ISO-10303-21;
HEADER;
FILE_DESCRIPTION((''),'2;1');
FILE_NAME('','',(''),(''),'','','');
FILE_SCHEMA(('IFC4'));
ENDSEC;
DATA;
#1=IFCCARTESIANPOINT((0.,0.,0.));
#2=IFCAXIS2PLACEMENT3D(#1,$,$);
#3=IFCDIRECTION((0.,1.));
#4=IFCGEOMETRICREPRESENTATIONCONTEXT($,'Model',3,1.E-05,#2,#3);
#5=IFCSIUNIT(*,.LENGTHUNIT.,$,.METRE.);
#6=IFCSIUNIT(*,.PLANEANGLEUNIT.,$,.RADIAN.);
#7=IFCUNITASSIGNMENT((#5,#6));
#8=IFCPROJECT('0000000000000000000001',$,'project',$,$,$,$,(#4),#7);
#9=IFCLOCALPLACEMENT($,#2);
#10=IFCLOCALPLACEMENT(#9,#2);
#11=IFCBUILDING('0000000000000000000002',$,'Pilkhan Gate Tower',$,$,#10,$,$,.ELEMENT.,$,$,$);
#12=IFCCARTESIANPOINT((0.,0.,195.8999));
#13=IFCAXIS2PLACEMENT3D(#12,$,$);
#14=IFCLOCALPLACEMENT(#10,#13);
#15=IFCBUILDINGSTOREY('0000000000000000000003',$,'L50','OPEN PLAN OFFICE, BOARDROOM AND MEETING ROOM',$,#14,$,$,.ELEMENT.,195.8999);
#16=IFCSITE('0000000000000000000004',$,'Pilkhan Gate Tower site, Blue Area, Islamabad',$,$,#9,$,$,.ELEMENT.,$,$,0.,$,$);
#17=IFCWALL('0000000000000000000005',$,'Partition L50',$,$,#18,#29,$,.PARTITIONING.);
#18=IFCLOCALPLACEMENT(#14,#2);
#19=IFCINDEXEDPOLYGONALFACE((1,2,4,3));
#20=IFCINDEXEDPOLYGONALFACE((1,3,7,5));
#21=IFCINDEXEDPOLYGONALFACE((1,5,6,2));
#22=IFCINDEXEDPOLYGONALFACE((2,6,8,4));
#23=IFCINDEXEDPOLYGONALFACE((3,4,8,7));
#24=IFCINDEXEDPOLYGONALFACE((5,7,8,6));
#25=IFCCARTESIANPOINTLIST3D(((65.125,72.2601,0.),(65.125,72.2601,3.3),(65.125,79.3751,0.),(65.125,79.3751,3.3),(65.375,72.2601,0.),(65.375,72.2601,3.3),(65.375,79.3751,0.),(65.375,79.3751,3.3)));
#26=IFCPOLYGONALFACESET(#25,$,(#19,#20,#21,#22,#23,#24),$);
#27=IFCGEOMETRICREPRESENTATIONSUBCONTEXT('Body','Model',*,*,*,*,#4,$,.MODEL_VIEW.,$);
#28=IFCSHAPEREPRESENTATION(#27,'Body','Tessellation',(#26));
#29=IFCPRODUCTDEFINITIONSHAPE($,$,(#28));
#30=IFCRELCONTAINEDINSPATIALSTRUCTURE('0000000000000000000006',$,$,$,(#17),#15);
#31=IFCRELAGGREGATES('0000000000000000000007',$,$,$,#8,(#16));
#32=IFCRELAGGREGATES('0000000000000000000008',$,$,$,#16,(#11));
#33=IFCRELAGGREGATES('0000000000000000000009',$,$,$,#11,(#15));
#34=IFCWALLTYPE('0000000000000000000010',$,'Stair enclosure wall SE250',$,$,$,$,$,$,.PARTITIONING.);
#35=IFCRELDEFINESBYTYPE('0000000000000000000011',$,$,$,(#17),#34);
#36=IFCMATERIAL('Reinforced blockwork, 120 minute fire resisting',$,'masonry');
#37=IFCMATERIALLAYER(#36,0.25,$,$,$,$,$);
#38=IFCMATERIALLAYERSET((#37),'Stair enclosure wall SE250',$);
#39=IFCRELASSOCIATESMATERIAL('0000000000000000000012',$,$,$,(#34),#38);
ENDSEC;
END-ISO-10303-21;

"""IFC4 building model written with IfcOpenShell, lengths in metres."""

from ifc_helpers import new_model, si_unit, direction, frame, frame_2d, origin, place, context, subcontext, project, spatial, rectangle, extrude, material, layer, layer_set, type_object, element, save


model = new_model("IFC4")

# Units and contexts
model_context = context("Model", 3, precision=1e-05, world=origin(), true_north=direction((0.0, 1.0)))
body_context = subcontext(model_context, "Body", "Model", "MODEL_VIEW")
ifc_project = project(units=[si_unit("LENGTHUNIT", "METRE"), si_unit("PLANEANGLEUNIT", "RADIAN")], contexts=[model_context])

# Site, building, storey
site_placement = place(None, origin())
site = spatial("IfcSite", under=ifc_project, at=site_placement, Name="Pilkhan Gate Tower site, Blue Area, Islamabad", CompositionType="ELEMENT", RefElevation=0.0)
building_placement = place(site_placement, origin())
building = spatial("IfcBuilding", under=site, at=building_placement, Name="Pilkhan Gate Tower", CompositionType="ELEMENT")
storey_placement = place(building_placement, frame((0.0, 0.0, 195.8999)))
storey = spatial("IfcBuildingStorey", under=building, at=storey_placement, Name="L50", Description="OPEN PLAN OFFICE, BOARDROOM AND MEETING ROOM", CompositionType="ELEMENT", Elevation=195.8999)

# Wall
ifc_material_1 = material(Name="Reinforced blockwork, 120 minute fire resisting", Category="masonry")
ifc_layer_1 = layer(ifc_material_1, 0.25)
ifc_layer_set_1 = layer_set([ifc_layer_1], Name="Stair enclosure wall SE250")
wall_type_1 = type_object("IfcWallType", Name="Stair enclosure wall SE250", PredefinedType="PARTITIONING", material=ifc_layer_set_1)
wall_1_placement = place(storey_placement, frame((65.25, 72.26, 0.0), z_axis=(0.0, 0.0, 1.0), x_axis=(0.0, 1.0, 0.0)))
element("IfcWall", 1, at=wall_1_placement, inside=storey, type_object=wall_type_1, Name="Partition L50", PredefinedType="PARTITIONING", context=body_context, shape_type="SweptSolid", body=[
    extrude(rectangle(XDim=7.115, YDim=0.25, at=frame_2d((3.5576, 0.0))), origin(), (0.0, 0.0, 1.0), 3.3),
])

save(model, "model.ifc")
